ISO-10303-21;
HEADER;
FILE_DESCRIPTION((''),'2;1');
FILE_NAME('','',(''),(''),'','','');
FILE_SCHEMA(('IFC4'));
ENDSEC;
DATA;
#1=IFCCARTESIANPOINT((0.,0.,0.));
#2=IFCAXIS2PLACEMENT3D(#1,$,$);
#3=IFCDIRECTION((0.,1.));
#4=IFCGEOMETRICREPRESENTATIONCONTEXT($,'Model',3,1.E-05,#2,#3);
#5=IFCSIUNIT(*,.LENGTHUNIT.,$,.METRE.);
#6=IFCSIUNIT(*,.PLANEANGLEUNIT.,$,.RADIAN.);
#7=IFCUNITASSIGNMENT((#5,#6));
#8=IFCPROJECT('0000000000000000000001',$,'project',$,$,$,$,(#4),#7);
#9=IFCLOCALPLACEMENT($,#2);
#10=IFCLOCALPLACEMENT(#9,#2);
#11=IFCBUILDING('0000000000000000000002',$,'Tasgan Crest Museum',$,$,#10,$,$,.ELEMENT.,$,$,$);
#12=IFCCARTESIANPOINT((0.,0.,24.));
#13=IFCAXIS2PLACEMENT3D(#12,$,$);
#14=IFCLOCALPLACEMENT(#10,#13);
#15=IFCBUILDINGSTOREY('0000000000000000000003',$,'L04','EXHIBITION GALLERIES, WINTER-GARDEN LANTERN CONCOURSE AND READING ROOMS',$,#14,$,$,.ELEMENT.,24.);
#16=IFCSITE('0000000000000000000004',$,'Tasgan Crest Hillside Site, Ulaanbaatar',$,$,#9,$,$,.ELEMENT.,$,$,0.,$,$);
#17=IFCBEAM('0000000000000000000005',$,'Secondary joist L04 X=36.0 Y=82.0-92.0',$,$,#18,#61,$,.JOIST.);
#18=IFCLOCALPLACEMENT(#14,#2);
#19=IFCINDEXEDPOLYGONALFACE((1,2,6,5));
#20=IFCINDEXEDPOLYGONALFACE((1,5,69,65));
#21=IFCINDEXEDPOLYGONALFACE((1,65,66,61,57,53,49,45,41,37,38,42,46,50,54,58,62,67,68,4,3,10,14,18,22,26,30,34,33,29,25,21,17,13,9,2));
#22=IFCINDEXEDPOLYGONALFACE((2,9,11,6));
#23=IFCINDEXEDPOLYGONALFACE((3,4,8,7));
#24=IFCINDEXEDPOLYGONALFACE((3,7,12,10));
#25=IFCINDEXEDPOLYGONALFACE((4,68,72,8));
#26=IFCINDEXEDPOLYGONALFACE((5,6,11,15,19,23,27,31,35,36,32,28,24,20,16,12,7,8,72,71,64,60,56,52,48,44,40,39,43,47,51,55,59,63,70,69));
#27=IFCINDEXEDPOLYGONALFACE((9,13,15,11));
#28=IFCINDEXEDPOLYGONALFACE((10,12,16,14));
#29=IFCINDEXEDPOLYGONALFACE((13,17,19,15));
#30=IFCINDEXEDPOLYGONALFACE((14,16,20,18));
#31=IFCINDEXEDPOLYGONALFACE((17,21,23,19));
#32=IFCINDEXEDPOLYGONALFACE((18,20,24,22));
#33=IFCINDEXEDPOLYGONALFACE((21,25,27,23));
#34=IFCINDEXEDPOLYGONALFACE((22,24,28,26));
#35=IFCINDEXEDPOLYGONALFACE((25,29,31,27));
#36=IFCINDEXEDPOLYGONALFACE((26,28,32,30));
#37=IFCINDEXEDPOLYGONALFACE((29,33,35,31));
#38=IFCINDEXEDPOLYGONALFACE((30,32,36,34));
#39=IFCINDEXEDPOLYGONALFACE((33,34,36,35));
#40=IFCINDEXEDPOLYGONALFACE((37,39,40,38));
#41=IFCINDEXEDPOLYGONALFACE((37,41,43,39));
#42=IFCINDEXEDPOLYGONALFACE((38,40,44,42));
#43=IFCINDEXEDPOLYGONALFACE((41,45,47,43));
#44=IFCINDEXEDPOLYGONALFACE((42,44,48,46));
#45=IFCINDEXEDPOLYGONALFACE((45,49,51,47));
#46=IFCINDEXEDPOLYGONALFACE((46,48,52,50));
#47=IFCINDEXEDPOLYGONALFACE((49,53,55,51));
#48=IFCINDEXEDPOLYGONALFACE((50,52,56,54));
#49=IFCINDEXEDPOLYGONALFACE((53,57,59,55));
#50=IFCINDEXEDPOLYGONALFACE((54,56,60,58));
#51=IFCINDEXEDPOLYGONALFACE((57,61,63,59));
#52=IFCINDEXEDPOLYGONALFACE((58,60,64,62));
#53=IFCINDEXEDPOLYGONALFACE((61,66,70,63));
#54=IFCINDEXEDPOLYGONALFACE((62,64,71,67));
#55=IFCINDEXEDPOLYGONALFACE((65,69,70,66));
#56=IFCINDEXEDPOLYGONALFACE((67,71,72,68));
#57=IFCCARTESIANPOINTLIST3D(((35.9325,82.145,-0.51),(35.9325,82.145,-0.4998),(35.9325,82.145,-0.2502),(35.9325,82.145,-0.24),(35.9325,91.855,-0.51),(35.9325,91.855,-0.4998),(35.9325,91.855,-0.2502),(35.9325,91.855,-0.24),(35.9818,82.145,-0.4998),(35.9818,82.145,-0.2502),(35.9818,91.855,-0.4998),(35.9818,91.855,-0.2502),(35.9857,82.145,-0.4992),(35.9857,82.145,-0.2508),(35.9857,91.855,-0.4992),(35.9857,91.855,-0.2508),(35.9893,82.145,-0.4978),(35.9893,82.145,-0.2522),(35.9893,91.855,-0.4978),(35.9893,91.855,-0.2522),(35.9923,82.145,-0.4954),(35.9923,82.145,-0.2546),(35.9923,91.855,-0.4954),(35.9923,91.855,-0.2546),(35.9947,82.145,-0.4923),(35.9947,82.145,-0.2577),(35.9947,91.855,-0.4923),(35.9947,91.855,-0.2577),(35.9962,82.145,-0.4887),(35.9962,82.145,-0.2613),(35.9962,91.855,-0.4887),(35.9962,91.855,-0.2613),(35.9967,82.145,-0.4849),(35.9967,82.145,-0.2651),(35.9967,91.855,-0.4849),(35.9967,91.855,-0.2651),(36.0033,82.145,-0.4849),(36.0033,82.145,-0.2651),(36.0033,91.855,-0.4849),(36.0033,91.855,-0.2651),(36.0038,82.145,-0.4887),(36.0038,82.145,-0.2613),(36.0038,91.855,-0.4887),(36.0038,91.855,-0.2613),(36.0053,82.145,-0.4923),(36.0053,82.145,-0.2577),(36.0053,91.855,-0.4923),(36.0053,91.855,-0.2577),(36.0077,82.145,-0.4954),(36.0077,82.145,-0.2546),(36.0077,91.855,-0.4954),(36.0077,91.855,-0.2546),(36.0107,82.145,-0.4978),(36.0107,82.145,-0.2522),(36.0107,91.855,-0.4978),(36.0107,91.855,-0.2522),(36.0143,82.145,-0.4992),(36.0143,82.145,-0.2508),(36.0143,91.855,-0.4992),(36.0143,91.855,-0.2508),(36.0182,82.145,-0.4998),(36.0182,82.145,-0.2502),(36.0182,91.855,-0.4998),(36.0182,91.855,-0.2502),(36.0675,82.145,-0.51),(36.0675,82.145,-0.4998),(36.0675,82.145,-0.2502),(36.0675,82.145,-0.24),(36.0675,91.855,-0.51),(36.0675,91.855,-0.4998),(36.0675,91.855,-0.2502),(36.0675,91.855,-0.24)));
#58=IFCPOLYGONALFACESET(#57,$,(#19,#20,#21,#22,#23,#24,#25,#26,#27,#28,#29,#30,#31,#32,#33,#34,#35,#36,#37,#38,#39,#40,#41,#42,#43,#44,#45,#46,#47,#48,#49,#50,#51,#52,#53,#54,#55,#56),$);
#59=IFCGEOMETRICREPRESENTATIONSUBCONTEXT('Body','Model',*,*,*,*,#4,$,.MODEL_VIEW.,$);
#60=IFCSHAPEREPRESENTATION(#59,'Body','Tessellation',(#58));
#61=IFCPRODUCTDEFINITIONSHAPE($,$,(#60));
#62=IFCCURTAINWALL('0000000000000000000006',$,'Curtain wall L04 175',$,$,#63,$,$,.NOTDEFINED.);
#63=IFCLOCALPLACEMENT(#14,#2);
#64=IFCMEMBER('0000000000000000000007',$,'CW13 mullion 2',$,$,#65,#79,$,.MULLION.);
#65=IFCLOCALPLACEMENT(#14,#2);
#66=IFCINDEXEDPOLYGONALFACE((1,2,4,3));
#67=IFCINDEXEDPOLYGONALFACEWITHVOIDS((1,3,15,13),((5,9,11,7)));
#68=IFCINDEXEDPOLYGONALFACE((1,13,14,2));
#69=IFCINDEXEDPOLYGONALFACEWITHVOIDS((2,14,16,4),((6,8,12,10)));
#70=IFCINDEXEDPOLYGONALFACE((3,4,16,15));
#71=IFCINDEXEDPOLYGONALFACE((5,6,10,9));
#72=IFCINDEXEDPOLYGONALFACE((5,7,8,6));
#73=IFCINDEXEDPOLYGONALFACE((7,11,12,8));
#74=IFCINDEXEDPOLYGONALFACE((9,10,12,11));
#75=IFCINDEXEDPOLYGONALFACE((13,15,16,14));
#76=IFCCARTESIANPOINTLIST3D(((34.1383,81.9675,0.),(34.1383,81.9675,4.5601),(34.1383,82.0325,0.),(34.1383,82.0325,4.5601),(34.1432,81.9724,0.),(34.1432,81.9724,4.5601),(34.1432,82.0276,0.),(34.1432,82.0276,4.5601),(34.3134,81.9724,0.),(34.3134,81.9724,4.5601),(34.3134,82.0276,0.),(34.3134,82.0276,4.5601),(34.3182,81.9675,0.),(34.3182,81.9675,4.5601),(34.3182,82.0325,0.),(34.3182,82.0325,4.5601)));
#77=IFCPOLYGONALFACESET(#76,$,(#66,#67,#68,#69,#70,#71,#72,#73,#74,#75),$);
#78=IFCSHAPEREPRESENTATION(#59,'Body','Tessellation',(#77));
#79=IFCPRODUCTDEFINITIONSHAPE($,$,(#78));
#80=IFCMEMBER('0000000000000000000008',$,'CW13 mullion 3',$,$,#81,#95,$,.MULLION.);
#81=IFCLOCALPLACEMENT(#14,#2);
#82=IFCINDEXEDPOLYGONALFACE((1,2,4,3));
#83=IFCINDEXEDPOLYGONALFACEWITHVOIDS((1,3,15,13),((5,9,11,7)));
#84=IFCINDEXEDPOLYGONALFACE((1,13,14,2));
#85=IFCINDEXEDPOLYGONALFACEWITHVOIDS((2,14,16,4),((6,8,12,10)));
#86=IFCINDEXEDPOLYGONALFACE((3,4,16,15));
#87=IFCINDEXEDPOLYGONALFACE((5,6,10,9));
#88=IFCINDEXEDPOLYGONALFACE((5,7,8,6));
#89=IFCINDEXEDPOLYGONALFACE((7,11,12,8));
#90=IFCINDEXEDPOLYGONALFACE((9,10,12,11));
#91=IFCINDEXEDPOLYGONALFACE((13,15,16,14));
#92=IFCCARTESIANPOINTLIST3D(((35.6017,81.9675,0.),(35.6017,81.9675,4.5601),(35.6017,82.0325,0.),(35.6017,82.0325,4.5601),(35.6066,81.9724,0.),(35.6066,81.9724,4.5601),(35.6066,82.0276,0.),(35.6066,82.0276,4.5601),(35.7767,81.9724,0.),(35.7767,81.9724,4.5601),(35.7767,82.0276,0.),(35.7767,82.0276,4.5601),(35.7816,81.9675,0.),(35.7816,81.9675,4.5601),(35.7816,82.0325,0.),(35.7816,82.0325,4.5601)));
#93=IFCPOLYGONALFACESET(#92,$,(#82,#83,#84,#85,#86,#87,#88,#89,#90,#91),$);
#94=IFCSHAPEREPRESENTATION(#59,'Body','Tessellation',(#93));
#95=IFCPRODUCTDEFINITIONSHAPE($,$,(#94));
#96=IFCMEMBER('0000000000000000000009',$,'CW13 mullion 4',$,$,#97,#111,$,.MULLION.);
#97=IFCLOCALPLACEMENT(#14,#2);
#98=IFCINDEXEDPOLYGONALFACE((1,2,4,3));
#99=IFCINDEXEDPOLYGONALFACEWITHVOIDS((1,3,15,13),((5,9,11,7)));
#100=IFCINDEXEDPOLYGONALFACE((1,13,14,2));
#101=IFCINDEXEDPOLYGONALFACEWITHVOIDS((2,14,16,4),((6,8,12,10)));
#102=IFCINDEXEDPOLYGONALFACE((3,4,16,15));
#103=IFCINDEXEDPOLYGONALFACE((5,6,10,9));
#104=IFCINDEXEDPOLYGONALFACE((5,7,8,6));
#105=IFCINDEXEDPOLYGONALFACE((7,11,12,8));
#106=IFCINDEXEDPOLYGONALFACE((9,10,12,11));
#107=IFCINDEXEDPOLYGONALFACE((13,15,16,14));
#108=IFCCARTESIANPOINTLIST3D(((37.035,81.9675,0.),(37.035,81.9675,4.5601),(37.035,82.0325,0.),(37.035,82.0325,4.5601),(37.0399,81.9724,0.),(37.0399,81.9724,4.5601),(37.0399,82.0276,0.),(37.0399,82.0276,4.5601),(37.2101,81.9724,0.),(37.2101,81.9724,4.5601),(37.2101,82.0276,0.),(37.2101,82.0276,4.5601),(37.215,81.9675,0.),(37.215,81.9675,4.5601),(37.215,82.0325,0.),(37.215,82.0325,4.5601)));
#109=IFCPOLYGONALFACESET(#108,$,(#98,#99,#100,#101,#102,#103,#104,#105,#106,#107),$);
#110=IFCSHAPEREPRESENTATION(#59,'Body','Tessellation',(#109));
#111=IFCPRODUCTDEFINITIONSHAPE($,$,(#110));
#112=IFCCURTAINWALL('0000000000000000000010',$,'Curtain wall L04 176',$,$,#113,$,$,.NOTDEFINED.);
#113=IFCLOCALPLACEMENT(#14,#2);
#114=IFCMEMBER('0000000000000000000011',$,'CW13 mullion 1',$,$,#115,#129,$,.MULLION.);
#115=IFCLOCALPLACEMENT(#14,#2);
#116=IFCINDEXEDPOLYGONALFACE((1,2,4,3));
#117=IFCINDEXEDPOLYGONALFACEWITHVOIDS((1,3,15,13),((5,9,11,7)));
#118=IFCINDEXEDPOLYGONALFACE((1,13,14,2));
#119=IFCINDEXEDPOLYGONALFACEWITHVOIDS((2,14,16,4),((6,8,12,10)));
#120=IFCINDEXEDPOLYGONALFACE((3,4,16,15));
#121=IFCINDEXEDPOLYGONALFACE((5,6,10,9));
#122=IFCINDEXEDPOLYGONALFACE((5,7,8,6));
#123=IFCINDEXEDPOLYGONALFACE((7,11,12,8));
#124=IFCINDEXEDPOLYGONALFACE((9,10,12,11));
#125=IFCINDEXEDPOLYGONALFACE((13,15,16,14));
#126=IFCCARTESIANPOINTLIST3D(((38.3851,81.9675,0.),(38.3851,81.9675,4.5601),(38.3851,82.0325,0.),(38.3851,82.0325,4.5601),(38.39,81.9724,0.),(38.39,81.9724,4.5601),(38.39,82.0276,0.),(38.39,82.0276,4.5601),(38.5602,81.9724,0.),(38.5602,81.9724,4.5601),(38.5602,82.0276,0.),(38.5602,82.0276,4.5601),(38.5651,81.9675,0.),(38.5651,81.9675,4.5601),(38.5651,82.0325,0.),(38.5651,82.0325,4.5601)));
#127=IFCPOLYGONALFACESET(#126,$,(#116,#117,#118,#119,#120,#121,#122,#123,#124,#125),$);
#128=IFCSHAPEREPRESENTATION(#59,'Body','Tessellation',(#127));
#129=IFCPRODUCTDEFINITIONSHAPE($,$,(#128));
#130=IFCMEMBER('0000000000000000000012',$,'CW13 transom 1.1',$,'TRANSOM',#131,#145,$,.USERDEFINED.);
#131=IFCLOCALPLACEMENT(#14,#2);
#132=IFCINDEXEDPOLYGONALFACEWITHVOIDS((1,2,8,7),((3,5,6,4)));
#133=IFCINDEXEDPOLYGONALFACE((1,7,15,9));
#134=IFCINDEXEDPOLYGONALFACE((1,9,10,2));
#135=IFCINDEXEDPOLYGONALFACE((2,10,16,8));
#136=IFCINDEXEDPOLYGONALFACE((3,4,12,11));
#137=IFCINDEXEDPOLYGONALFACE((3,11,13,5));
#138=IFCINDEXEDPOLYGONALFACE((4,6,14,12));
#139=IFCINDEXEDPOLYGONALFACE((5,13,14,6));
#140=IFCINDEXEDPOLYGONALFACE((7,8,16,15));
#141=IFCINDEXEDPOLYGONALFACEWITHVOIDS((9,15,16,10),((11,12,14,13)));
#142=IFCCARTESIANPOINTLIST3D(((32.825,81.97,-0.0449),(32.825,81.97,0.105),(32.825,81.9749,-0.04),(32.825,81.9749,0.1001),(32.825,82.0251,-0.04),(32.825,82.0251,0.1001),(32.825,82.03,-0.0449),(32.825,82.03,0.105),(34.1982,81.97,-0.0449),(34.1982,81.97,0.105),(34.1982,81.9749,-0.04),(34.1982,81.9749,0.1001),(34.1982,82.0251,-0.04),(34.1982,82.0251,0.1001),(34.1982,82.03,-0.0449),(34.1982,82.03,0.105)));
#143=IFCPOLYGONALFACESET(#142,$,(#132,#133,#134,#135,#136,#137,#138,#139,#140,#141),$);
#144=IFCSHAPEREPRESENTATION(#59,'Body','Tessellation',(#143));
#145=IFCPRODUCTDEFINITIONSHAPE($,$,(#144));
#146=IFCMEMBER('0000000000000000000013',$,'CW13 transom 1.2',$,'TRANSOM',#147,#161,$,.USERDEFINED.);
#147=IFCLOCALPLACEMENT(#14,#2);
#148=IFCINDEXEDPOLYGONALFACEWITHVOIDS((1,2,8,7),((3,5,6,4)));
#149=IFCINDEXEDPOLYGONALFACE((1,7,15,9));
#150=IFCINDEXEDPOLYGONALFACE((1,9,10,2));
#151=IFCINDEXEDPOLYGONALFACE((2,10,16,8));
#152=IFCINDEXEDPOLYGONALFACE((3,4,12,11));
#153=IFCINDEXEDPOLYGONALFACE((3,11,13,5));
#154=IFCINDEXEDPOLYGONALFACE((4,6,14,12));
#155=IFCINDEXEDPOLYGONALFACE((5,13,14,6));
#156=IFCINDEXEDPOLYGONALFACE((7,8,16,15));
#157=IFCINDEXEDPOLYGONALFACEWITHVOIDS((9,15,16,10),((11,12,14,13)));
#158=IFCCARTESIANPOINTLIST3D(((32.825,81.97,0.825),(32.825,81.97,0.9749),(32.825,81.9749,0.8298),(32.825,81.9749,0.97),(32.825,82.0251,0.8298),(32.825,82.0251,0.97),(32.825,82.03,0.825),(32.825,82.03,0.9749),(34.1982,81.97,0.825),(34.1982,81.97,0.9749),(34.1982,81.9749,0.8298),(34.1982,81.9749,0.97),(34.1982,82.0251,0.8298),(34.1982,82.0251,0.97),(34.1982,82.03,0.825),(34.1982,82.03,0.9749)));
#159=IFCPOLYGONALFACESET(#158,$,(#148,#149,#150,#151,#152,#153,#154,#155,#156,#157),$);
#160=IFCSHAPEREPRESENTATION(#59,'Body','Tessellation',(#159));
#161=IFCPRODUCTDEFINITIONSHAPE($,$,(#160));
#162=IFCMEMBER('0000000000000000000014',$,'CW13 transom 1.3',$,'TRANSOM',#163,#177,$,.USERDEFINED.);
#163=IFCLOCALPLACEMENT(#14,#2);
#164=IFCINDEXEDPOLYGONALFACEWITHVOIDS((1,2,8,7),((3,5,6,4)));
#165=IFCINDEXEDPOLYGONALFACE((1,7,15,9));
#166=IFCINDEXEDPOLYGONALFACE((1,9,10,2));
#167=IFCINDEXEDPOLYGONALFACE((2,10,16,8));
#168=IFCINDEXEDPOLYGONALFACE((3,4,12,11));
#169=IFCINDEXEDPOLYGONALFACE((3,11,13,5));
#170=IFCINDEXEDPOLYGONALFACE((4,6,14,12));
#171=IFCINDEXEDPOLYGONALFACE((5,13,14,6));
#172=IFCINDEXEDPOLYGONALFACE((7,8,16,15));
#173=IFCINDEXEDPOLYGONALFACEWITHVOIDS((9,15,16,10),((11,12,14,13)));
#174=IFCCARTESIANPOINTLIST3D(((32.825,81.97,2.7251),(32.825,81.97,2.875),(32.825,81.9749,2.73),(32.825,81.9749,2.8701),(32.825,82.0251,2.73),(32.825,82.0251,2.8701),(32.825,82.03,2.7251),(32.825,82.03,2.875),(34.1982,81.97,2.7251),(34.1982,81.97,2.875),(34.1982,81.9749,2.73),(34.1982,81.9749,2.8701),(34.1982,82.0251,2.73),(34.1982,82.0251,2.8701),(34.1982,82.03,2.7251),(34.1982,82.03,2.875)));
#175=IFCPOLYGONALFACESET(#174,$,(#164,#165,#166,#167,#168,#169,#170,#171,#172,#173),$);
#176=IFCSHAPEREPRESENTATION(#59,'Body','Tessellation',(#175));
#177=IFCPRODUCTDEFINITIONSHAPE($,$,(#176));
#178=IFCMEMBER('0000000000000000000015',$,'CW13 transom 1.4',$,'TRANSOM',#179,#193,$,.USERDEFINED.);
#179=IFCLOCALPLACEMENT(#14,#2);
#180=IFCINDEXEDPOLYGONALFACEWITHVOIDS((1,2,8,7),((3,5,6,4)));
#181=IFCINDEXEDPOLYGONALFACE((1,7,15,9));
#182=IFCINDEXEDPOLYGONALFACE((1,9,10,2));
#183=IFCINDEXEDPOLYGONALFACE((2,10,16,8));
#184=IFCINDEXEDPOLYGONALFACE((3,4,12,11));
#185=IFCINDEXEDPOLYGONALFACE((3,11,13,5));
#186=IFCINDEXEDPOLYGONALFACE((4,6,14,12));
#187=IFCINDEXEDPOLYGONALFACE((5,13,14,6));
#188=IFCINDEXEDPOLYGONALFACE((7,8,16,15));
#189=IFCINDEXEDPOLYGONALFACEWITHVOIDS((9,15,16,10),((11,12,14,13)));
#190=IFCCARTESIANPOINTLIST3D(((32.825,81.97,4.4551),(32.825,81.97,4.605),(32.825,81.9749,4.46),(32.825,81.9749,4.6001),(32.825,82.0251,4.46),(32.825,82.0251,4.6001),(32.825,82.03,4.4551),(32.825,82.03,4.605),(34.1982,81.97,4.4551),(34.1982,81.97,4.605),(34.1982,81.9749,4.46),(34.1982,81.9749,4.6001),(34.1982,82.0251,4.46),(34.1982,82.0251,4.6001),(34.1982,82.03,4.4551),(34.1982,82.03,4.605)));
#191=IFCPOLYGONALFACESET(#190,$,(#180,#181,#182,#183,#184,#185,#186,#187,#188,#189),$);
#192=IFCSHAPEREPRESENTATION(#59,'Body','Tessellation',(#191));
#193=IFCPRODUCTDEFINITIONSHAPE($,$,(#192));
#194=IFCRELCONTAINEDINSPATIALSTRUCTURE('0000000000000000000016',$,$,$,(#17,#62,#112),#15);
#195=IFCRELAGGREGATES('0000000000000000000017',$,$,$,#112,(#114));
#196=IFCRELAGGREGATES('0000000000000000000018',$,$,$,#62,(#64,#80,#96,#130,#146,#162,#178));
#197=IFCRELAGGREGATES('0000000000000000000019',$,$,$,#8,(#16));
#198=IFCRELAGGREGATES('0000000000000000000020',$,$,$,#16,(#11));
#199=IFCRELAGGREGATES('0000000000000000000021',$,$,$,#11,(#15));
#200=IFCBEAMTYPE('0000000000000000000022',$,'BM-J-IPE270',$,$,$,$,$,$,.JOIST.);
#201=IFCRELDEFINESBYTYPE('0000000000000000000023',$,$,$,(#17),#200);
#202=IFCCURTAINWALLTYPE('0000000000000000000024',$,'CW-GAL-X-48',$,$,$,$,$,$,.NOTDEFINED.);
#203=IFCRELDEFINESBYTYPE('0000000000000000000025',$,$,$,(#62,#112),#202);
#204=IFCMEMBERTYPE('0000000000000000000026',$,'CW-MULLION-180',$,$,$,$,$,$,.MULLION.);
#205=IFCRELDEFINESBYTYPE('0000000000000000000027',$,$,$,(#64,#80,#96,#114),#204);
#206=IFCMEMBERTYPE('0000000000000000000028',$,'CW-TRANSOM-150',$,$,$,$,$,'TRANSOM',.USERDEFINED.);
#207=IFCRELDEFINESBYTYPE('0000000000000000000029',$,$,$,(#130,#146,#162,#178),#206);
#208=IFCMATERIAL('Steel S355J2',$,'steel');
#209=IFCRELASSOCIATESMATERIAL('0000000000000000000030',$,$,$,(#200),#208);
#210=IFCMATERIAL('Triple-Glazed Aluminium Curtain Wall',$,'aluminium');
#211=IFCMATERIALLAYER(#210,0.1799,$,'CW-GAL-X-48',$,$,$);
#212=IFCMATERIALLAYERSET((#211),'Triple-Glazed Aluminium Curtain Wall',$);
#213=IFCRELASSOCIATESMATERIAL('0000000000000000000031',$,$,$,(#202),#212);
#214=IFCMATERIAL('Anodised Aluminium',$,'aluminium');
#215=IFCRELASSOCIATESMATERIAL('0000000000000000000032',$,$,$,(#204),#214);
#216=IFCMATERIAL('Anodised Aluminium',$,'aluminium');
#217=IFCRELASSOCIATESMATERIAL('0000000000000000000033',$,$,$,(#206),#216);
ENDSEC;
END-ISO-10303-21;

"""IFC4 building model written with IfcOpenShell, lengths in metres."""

from ifc_helpers import new_model, si_unit, direction, frame, origin, origin_2d, place, context, subcontext, project, spatial, hollow_rectangle, i_section, extrude, material, layer, layer_set, material_profile, profile_set, type_object, element, aggregate, save


model = new_model("IFC4")

# Units and contexts
model_context = context("Model", 3, precision=1e-05, world=origin(), true_north=direction((0.0, 1.0)))
body_context = subcontext(model_context, "Body", "Model", "MODEL_VIEW")
ifc_project = project(units=[si_unit("LENGTHUNIT", "METRE"), si_unit("PLANEANGLEUNIT", "RADIAN")], contexts=[model_context])

# Site, building, storey
site_placement = place(None, origin())
site = spatial("IfcSite", under=ifc_project, at=site_placement, Name="Tasgan Crest Hillside Site, Ulaanbaatar", CompositionType="ELEMENT", RefElevation=0.0)
building_placement = place(site_placement, origin())
building = spatial("IfcBuilding", under=site, at=building_placement, Name="Tasgan Crest Museum", CompositionType="ELEMENT")
storey_placement = place(building_placement, frame((0.0, 0.0, 24.0)))
storey = spatial("IfcBuildingStorey", under=building, at=storey_placement, Name="L04", Description="EXHIBITION GALLERIES, WINTER-GARDEN LANTERN CONCOURSE AND READING ROOMS", CompositionType="ELEMENT", Elevation=24.0)

# Beam
ifc_material_1 = material(Name="Steel S355J2", Category="steel")
ifc_material_profile_1 = material_profile(ifc_material_1, i_section(OverallWidth=0.135, OverallDepth=0.27, WebThickness=0.0066, FlangeThickness=0.0103, FilletRadius=0.0149, at=origin_2d()), Name="IPE 270")
ifc_profile_set_1 = profile_set([ifc_material_profile_1], Name="Steel S355J2")
beam_type = type_object("IfcBeamType", Name="BM-J-IPE270", PredefinedType="JOIST", material=ifc_profile_set_1)
beam_placement = place(storey_placement, frame((36.0, 82.145, -0.375), z_axis=(0.0, 1.0, 0.0), x_axis=(-1.0, 0.0, 0.0)))
element("IfcBeam", 1, at=beam_placement, inside=storey, type_object=beam_type, Name="Secondary joist L04 X=36.0 Y=82.0-92.0", PredefinedType="JOIST", context=body_context, shape_type="SweptSolid", body=[
    extrude(i_section(OverallWidth=0.135, OverallDepth=0.27, WebThickness=0.0066, FlangeThickness=0.0103, FilletRadius=0.0149, at=origin_2d()), origin(), (0.0, 0.0, 1.0), 9.71),
])

# Curtain wall, members
ifc_material_2 = material(Name="Triple-Glazed Aluminium Curtain Wall", Category="aluminium")
ifc_layer_1 = layer(ifc_material_2, 0.1799, Name="CW-GAL-X-48")
ifc_layer_set_1 = layer_set([ifc_layer_1], Name="Triple-Glazed Aluminium Curtain Wall")
curtain_wall_type = type_object("IfcCurtainWallType", Name="CW-GAL-X-48", PredefinedType="NOTDEFINED", material=ifc_layer_set_1)
curtain_wall_1_placement = place(storey_placement, origin())
curtain_wall_1 = element("IfcCurtainWall", 2, at=curtain_wall_1_placement, inside=storey, type_object=curtain_wall_type, Name="Curtain wall L04 175", PredefinedType="NOTDEFINED")
ifc_material_3 = material(Name="Anodised Aluminium", Category="aluminium")
ifc_material_profile_2 = material_profile(ifc_material_3, hollow_rectangle(XDim=0.0649, YDim=0.1799, WallThickness=0.0049, at=origin_2d()), Name="ALU MULLION 180x65x5")
ifc_profile_set_2 = profile_set([ifc_material_profile_2], Name="Anodised Aluminium")
member_type_1 = type_object("IfcMemberType", Name="CW-MULLION-180", PredefinedType="MULLION", material=ifc_profile_set_2)
member_1_placement = place(storey_placement, frame((34.2283, 82.0, 0.0), z_axis=(0.0, 0.0, 1.0), x_axis=(0.0, 1.0, 0.0)))
member_1 = element("IfcMember", 3, at=member_1_placement, type_object=member_type_1, Name="CW13 mullion 2", PredefinedType="MULLION", context=body_context, shape_type="SweptSolid", body=[
    extrude(hollow_rectangle(XDim=0.0649, YDim=0.1799, WallThickness=0.0049, at=origin_2d()), origin(), (0.0, 0.0, 1.0), 4.5601),
])
member_2_placement = place(storey_placement, frame((35.6917, 82.0, 0.0), z_axis=(0.0, 0.0, 1.0), x_axis=(0.0, 1.0, 0.0)))
member_2 = element("IfcMember", 4, at=member_2_placement, type_object=member_type_1, Name="CW13 mullion 3", PredefinedType="MULLION", context=body_context, shape_type="SweptSolid", body=[
    extrude(hollow_rectangle(XDim=0.0649, YDim=0.1799, WallThickness=0.0049, at=origin_2d()), origin(), (0.0, 0.0, 1.0), 4.5601),
])
member_3_placement = place(storey_placement, frame((37.125, 82.0, 0.0), z_axis=(0.0, 0.0, 1.0), x_axis=(0.0, 1.0, 0.0)))
member_3 = element("IfcMember", 5, at=member_3_placement, type_object=member_type_1, Name="CW13 mullion 4", PredefinedType="MULLION", context=body_context, shape_type="SweptSolid", body=[
    extrude(hollow_rectangle(XDim=0.0649, YDim=0.1799, WallThickness=0.0049, at=origin_2d()), origin(), (0.0, 0.0, 1.0), 4.5601),
])

# Curtain wall, member
curtain_wall_2_placement = place(storey_placement, origin())
curtain_wall_2 = element("IfcCurtainWall", 6, at=curtain_wall_2_placement, inside=storey, type_object=curtain_wall_type, Name="Curtain wall L04 176", PredefinedType="NOTDEFINED")
member_4_placement = place(storey_placement, frame((38.4751, 82.0, 0.0), z_axis=(0.0, 0.0, 1.0), x_axis=(0.0, 1.0, 0.0)))
member_4 = element("IfcMember", 7, at=member_4_placement, type_object=member_type_1, Name="CW13 mullion 1", PredefinedType="MULLION", context=body_context, shape_type="SweptSolid", body=[
    extrude(hollow_rectangle(XDim=0.0649, YDim=0.1799, WallThickness=0.0049, at=origin_2d()), origin(), (0.0, 0.0, 1.0), 4.5601),
])
aggregate(curtain_wall_2, [member_4])

# Members
ifc_material_4 = material(Name="Anodised Aluminium", Category="aluminium")
ifc_material_profile_3 = material_profile(ifc_material_4, hollow_rectangle(XDim=0.0601, YDim=0.1499, WallThickness=0.0049, at=origin_2d()), Name="ALU TRANSOM 150x60x5")
ifc_profile_set_3 = profile_set([ifc_material_profile_3], Name="Anodised Aluminium")
member_type_2 = type_object("IfcMemberType", Name="CW-TRANSOM-150", ElementType="TRANSOM", PredefinedType="USERDEFINED", material=ifc_profile_set_3)
member_5_placement = place(storey_placement, frame((32.825, 82.0, 0.03), z_axis=(1.0, 0.0, 0.0), x_axis=(0.0, 1.0, 0.0)))
member_5 = element("IfcMember", 8, at=member_5_placement, type_object=member_type_2, Name="CW13 transom 1.1", ObjectType="TRANSOM", PredefinedType="USERDEFINED", context=body_context, shape_type="SweptSolid", body=[
    extrude(hollow_rectangle(XDim=0.0601, YDim=0.1499, WallThickness=0.0049, at=origin_2d()), origin(), (0.0, 0.0, 1.0), 1.3733),
])
member_6_placement = place(storey_placement, frame((32.825, 82.0, 0.8999), z_axis=(1.0, 0.0, 0.0), x_axis=(0.0, 1.0, 0.0)))
member_6 = element("IfcMember", 9, at=member_6_placement, type_object=member_type_2, Name="CW13 transom 1.2", ObjectType="TRANSOM", PredefinedType="USERDEFINED", context=body_context, shape_type="SweptSolid", body=[
    extrude(hollow_rectangle(XDim=0.0601, YDim=0.1499, WallThickness=0.0049, at=origin_2d()), origin(), (0.0, 0.0, 1.0), 1.3733),
])
member_7_placement = place(storey_placement, frame((32.825, 82.0, 2.8), z_axis=(1.0, 0.0, 0.0), x_axis=(0.0, 1.0, 0.0)))
member_7 = element("IfcMember", 10, at=member_7_placement, type_object=member_type_2, Name="CW13 transom 1.3", ObjectType="TRANSOM", PredefinedType="USERDEFINED", context=body_context, shape_type="SweptSolid", body=[
    extrude(hollow_rectangle(XDim=0.0601, YDim=0.1499, WallThickness=0.0049, at=origin_2d()), origin(), (0.0, 0.0, 1.0), 1.3733),
])
member_8_placement = place(storey_placement, frame((32.825, 82.0, 4.53), z_axis=(1.0, 0.0, 0.0), x_axis=(0.0, 1.0, 0.0)))
member_8 = element("IfcMember", 11, at=member_8_placement, type_object=member_type_2, Name="CW13 transom 1.4", ObjectType="TRANSOM", PredefinedType="USERDEFINED", context=body_context, shape_type="SweptSolid", body=[
    extrude(hollow_rectangle(XDim=0.0601, YDim=0.1499, WallThickness=0.0049, at=origin_2d()), origin(), (0.0, 0.0, 1.0), 1.3733),
])

aggregate(curtain_wall_1, [member_1, member_2, member_3, member_5, member_6, member_7, member_8])

save(model, "model.ifc")
